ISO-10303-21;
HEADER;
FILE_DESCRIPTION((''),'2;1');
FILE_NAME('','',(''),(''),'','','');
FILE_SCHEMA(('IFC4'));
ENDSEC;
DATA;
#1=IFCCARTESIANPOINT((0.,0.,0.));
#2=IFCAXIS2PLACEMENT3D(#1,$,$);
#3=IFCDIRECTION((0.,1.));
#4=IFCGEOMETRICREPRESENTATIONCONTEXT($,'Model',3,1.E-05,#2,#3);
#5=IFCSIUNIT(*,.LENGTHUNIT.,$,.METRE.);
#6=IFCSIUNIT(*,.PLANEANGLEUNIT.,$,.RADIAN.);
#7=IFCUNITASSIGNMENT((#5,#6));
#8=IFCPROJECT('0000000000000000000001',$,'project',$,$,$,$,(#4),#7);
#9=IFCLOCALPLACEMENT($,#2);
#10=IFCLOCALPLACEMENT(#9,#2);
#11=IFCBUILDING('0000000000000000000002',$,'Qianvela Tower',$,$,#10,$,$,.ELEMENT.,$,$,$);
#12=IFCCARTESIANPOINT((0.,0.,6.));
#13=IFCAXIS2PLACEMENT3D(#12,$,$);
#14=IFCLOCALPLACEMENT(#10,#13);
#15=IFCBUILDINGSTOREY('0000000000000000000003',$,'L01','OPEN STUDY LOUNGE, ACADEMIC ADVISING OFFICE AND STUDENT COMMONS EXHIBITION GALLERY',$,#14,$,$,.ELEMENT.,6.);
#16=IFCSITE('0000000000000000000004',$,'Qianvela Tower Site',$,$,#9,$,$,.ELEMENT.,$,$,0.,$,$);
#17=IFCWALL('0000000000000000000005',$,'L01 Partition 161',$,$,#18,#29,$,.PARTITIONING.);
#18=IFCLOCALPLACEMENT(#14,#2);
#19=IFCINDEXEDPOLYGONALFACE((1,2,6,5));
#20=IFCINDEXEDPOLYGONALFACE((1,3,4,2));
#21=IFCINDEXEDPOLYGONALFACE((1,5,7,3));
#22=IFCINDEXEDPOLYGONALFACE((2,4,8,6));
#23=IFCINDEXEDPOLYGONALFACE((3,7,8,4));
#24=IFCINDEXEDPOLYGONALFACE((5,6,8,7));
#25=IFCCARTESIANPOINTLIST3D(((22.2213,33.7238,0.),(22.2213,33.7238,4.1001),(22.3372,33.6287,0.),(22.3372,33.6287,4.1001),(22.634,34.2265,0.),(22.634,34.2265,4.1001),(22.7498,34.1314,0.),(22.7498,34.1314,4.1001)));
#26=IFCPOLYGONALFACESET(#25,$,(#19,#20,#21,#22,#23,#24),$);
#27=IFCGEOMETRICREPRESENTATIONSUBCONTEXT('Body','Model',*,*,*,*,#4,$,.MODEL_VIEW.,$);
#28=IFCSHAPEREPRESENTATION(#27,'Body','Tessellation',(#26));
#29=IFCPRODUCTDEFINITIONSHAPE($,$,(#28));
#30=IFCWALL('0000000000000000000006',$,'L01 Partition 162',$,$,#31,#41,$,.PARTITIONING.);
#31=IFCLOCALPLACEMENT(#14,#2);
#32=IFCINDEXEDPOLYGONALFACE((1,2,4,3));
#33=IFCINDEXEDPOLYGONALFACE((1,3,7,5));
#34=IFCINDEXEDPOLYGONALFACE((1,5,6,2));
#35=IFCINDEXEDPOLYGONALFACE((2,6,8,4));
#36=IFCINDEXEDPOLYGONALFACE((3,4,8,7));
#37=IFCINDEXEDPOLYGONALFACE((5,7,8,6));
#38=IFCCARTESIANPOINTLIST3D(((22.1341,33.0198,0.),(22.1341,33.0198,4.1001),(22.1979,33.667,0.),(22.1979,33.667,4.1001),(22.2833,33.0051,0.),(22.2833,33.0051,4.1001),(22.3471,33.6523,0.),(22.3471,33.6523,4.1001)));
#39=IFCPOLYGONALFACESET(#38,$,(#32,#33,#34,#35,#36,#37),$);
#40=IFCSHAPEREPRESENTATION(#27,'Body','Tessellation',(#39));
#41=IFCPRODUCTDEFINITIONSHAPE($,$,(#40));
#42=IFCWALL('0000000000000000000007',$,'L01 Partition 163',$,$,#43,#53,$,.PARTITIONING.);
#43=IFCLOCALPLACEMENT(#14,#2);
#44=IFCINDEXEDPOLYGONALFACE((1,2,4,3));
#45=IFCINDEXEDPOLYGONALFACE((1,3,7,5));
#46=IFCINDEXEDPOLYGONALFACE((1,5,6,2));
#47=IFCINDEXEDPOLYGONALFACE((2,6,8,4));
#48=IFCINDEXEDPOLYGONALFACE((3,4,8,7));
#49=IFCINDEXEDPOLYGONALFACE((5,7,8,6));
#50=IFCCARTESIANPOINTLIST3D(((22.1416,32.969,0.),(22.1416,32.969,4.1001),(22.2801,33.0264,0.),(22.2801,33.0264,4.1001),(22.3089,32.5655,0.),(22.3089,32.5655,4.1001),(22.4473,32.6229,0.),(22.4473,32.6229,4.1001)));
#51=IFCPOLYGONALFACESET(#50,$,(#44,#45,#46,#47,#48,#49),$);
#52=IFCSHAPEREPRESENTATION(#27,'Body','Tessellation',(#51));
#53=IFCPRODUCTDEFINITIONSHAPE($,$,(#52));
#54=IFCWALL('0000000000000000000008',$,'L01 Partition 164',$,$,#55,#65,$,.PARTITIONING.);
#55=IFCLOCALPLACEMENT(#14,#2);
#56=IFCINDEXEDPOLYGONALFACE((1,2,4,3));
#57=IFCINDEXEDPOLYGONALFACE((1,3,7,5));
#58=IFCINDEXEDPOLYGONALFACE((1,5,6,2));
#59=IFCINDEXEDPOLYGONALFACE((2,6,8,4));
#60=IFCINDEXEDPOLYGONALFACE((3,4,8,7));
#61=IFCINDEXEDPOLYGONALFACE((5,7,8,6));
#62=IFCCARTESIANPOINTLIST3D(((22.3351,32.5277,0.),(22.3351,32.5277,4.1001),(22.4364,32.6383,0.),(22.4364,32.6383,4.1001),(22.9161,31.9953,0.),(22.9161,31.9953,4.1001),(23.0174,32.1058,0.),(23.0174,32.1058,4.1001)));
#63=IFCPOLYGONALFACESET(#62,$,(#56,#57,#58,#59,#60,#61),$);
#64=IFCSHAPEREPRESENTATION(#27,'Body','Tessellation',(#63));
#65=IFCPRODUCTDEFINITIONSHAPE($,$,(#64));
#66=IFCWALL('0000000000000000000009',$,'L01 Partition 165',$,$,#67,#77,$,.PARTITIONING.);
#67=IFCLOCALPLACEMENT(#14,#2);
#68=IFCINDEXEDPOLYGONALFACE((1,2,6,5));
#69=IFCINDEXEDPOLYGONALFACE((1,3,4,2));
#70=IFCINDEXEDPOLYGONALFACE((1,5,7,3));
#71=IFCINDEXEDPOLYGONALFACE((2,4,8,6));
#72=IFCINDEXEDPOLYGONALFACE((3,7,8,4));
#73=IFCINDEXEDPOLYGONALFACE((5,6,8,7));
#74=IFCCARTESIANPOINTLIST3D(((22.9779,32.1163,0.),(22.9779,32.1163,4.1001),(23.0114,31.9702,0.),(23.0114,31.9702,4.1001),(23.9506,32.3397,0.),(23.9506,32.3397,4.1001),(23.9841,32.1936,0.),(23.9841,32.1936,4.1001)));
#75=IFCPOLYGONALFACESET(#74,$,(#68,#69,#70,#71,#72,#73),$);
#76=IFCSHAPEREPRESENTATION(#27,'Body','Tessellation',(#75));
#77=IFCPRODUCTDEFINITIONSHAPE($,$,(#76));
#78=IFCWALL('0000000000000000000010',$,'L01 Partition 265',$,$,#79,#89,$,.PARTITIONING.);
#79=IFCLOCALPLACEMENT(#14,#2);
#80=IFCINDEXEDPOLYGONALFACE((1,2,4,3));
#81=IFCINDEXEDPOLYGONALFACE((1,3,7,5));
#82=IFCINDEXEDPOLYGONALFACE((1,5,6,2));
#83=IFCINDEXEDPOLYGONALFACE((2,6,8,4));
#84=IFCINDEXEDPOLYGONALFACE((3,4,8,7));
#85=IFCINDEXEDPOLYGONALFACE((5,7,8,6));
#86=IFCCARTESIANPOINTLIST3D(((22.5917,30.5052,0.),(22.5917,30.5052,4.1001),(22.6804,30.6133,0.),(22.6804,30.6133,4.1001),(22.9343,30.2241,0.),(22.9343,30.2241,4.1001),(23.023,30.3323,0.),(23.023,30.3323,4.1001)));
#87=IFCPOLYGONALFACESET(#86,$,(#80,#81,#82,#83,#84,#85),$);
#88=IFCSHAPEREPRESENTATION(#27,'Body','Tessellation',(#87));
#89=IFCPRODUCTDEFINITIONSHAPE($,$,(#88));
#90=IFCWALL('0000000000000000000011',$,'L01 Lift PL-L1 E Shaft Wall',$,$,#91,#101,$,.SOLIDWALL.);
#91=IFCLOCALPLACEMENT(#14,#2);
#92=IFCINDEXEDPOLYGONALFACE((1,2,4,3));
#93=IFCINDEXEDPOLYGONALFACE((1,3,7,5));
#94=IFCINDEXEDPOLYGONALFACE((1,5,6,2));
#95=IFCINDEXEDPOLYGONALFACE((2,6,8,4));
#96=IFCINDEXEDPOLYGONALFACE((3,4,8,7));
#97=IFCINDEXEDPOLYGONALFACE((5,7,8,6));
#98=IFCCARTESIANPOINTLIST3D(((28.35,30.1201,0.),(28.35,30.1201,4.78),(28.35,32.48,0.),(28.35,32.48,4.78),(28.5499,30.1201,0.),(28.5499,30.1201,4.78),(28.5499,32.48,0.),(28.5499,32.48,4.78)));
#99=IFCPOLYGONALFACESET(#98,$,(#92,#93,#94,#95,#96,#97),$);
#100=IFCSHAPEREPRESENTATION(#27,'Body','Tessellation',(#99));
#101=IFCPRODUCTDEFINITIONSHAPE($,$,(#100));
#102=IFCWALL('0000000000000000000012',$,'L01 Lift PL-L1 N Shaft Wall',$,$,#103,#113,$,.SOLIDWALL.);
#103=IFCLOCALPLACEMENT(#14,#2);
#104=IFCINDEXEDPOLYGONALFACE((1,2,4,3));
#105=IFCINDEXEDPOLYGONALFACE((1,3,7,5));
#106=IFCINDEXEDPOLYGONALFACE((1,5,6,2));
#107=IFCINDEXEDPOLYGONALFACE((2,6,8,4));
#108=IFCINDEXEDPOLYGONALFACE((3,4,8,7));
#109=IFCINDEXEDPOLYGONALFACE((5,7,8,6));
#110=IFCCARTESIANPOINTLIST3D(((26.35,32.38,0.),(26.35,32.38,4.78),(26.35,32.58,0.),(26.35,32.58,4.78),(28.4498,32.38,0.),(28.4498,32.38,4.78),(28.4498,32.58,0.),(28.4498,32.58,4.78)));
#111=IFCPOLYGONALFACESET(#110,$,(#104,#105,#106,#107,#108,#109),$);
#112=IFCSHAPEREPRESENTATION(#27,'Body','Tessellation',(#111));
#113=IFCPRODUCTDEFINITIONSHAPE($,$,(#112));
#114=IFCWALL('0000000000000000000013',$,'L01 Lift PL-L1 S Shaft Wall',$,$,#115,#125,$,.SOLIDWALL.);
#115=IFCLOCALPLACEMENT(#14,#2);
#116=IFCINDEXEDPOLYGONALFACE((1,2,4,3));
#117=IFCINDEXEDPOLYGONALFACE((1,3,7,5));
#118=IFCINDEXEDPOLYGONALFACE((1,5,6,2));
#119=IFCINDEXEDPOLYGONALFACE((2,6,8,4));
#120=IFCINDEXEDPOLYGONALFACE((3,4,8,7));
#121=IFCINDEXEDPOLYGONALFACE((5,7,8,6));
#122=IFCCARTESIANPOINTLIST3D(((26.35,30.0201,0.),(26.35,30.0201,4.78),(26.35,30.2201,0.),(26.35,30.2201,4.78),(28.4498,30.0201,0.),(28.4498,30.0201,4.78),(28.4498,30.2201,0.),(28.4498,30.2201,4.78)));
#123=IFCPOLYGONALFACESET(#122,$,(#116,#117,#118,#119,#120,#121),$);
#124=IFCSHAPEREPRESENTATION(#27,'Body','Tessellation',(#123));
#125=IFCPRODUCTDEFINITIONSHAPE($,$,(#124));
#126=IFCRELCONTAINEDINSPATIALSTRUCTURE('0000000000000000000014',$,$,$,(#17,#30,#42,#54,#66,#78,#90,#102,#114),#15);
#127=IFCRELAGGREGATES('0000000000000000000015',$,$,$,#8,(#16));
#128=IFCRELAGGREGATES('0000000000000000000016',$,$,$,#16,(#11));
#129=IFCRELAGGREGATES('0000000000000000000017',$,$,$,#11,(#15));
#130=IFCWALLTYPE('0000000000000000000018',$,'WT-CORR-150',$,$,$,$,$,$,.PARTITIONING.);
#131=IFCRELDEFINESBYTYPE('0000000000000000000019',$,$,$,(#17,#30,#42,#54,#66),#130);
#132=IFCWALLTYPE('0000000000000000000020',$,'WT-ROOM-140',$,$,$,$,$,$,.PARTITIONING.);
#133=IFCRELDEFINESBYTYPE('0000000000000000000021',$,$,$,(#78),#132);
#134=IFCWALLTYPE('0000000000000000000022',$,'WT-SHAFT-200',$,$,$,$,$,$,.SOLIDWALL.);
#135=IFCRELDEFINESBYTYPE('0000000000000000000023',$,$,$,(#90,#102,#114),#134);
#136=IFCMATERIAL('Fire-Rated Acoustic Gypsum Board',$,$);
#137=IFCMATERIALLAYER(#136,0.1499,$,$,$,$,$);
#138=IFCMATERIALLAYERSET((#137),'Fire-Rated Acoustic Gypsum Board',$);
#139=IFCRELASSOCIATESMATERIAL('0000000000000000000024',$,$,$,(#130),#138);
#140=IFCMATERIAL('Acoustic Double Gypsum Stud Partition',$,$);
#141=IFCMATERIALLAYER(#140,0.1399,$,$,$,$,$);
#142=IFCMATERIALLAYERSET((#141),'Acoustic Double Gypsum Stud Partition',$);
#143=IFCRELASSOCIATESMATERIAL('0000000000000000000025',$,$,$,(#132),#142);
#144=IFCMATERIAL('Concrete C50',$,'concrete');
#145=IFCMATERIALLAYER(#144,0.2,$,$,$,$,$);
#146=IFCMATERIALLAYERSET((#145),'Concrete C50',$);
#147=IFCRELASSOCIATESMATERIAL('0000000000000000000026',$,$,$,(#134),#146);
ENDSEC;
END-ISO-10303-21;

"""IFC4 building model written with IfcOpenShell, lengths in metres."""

from ifc_helpers import new_model, si_unit, direction, frame, frame_2d, origin, place, context, subcontext, project, spatial, rectangle, extrude, material, layer, layer_set, type_object, element, save


model = new_model("IFC4")

# Units and contexts
model_context = context("Model", 3, precision=1e-05, world=origin(), true_north=direction((0.0, 1.0)))
body_context = subcontext(model_context, "Body", "Model", "MODEL_VIEW")
ifc_project = project(units=[si_unit("LENGTHUNIT", "METRE"), si_unit("PLANEANGLEUNIT", "RADIAN")], contexts=[model_context])

# Site, building, storey
site_placement = place(None, origin())
site = spatial("IfcSite", under=ifc_project, at=site_placement, Name="Qianvela Tower Site", CompositionType="ELEMENT", RefElevation=0.0)
building_placement = place(site_placement, origin())
building = spatial("IfcBuilding", under=site, at=building_placement, Name="Qianvela Tower", CompositionType="ELEMENT")
storey_placement = place(building_placement, frame((0.0, 0.0, 6.0)))
storey = spatial("IfcBuildingStorey", under=building, at=storey_placement, Name="L01", Description="OPEN STUDY LOUNGE, ACADEMIC ADVISING OFFICE AND STUDENT COMMONS EXHIBITION GALLERY", CompositionType="ELEMENT", Elevation=6.0)

# Walls
ifc_material_1 = material(Name="Fire-Rated Acoustic Gypsum Board")
ifc_layer_1 = layer(ifc_material_1, 0.1499)
ifc_layer_set_1 = layer_set([ifc_layer_1], Name="Fire-Rated Acoustic Gypsum Board")
wall_type_1 = type_object("IfcWallType", Name="WT-CORR-150", PredefinedType="PARTITIONING", material=ifc_layer_set_1)
for number, where, z_axis, x_axis, name in (
    (1, (22.6919, 34.179, 0.0), (0.0, 0.0, 1.0), (-0.634443, -0.77297, 0.0), "L01 Partition 161"),
    (2, (22.2725, 33.6597, 0.0), (0.0, 0.0, 1.0), (-0.09798, -0.995188, 0.0), "L01 Partition 162"),
):
    element("IfcWall", number, at=place(storey_placement, frame(where, z_axis=z_axis, x_axis=x_axis)), inside=storey, type_object=wall_type_1, Name=name, PredefinedType="PARTITIONING", context=body_context, shape_type="SweptSolid", body=[
        extrude(rectangle(XDim=0.6504, YDim=0.1499, at=frame_2d((0.3252, 0.0))), origin(), (0.0, 0.0, 1.0), 4.1001),
    ])
wall_1_placement = place(storey_placement, frame((22.2109, 32.9976, 0.0), z_axis=(0.0, 0.0, 1.0), x_axis=(0.382829, -0.923819, 0.0)))
element("IfcWall", 3, at=wall_1_placement, inside=storey, type_object=wall_type_1, Name="L01 Partition 163", PredefinedType="PARTITIONING", context=body_context, shape_type="SweptSolid", body=[
    extrude(rectangle(XDim=0.4368, YDim=0.1499, at=frame_2d((0.2183, 0.0))), origin(), (0.0, 0.0, 1.0), 4.1001),
])
wall_2_placement = place(storey_placement, frame((22.3857, 32.583, 0.0), z_axis=(0.0, 0.0, 1.0), x_axis=(0.737257, -0.675612, 0.0)))
element("IfcWall", 4, at=wall_2_placement, inside=storey, type_object=wall_type_1, Name="L01 Partition 164", PredefinedType="PARTITIONING", context=body_context, shape_type="SweptSolid", body=[
    extrude(rectangle(XDim=0.7881, YDim=0.1499, at=frame_2d((0.394, 0.0))), origin(), (0.0, 0.0, 1.0), 4.1001),
])
wall_3_placement = place(storey_placement, frame((22.9946, 32.0432, 0.0), z_axis=(0.0, 0.0, 1.0), x_axis=(0.974626, 0.223841, 0.0)))
element("IfcWall", 5, at=wall_3_placement, inside=storey, type_object=wall_type_1, Name="L01 Partition 165", PredefinedType="PARTITIONING", context=body_context, shape_type="SweptSolid", body=[
    extrude(rectangle(XDim=0.998, YDim=0.1499, at=frame_2d((0.499, 0.0))), origin(), (0.0, 0.0, 1.0), 4.1001),
])
ifc_material_2 = material(Name="Acoustic Double Gypsum Stud Partition")
ifc_layer_2 = layer(ifc_material_2, 0.1399)
ifc_layer_set_2 = layer_set([ifc_layer_2], Name="Acoustic Double Gypsum Stud Partition")
wall_type_2 = type_object("IfcWallType", Name="WT-ROOM-140", PredefinedType="PARTITIONING", material=ifc_layer_set_2)
wall_4_placement = place(storey_placement, frame((22.636, 30.5593, 0.0), z_axis=(0.0, 0.0, 1.0), x_axis=(0.773122, -0.634257, 0.0)))
element("IfcWall", 6, at=wall_4_placement, inside=storey, type_object=wall_type_2, Name="L01 Partition 265", PredefinedType="PARTITIONING", context=body_context, shape_type="SweptSolid", body=[
    extrude(rectangle(XDim=0.4431, YDim=0.1399, at=frame_2d((0.2217, 0.0))), origin(), (0.0, 0.0, 1.0), 4.1001),
])
ifc_material_3 = material(Name="Concrete C50", Category="concrete")
ifc_layer_3 = layer(ifc_material_3, 0.2)
ifc_layer_set_3 = layer_set([ifc_layer_3], Name="Concrete C50")
wall_type_3 = type_object("IfcWallType", Name="WT-SHAFT-200", PredefinedType="SOLIDWALL", material=ifc_layer_set_3)
wall_5_placement = place(storey_placement, frame((28.45, 30.1201, 0.0), z_axis=(0.0, 0.0, 1.0), x_axis=(0.0, 1.0, 0.0)))
element("IfcWall", 7, at=wall_5_placement, inside=storey, type_object=wall_type_3, Name="L01 Lift PL-L1 E Shaft Wall", PredefinedType="SOLIDWALL", context=body_context, shape_type="SweptSolid", body=[
    extrude(rectangle(XDim=2.3599, YDim=0.2, at=frame_2d((1.1799, 0.0))), origin(), (0.0, 0.0, 1.0), 4.78),
])

# Walls
for number, where, z_axis, x_axis, name in (
    (8, (26.3501, 32.48, 0.0), (0.0, 0.0, 1.0), (1.0, 0.0, 0.0), "L01 Lift PL-L1 N Shaft Wall"),
    (9, (26.3501, 30.1201, 0.0), (0.0, 0.0, 1.0), (1.0, 0.0, 0.0), "L01 Lift PL-L1 S Shaft Wall"),
):
    element("IfcWall", number, at=place(storey_placement, frame(where, z_axis=z_axis, x_axis=x_axis)), inside=storey, type_object=wall_type_3, Name=name, PredefinedType="SOLIDWALL", context=body_context, shape_type="SweptSolid", body=[
        extrude(rectangle(XDim=2.0999, YDim=0.2, at=frame_2d((1.0498, 0.0))), origin(), (0.0, 0.0, 1.0), 4.78),
    ])

save(model, "model.ifc")
